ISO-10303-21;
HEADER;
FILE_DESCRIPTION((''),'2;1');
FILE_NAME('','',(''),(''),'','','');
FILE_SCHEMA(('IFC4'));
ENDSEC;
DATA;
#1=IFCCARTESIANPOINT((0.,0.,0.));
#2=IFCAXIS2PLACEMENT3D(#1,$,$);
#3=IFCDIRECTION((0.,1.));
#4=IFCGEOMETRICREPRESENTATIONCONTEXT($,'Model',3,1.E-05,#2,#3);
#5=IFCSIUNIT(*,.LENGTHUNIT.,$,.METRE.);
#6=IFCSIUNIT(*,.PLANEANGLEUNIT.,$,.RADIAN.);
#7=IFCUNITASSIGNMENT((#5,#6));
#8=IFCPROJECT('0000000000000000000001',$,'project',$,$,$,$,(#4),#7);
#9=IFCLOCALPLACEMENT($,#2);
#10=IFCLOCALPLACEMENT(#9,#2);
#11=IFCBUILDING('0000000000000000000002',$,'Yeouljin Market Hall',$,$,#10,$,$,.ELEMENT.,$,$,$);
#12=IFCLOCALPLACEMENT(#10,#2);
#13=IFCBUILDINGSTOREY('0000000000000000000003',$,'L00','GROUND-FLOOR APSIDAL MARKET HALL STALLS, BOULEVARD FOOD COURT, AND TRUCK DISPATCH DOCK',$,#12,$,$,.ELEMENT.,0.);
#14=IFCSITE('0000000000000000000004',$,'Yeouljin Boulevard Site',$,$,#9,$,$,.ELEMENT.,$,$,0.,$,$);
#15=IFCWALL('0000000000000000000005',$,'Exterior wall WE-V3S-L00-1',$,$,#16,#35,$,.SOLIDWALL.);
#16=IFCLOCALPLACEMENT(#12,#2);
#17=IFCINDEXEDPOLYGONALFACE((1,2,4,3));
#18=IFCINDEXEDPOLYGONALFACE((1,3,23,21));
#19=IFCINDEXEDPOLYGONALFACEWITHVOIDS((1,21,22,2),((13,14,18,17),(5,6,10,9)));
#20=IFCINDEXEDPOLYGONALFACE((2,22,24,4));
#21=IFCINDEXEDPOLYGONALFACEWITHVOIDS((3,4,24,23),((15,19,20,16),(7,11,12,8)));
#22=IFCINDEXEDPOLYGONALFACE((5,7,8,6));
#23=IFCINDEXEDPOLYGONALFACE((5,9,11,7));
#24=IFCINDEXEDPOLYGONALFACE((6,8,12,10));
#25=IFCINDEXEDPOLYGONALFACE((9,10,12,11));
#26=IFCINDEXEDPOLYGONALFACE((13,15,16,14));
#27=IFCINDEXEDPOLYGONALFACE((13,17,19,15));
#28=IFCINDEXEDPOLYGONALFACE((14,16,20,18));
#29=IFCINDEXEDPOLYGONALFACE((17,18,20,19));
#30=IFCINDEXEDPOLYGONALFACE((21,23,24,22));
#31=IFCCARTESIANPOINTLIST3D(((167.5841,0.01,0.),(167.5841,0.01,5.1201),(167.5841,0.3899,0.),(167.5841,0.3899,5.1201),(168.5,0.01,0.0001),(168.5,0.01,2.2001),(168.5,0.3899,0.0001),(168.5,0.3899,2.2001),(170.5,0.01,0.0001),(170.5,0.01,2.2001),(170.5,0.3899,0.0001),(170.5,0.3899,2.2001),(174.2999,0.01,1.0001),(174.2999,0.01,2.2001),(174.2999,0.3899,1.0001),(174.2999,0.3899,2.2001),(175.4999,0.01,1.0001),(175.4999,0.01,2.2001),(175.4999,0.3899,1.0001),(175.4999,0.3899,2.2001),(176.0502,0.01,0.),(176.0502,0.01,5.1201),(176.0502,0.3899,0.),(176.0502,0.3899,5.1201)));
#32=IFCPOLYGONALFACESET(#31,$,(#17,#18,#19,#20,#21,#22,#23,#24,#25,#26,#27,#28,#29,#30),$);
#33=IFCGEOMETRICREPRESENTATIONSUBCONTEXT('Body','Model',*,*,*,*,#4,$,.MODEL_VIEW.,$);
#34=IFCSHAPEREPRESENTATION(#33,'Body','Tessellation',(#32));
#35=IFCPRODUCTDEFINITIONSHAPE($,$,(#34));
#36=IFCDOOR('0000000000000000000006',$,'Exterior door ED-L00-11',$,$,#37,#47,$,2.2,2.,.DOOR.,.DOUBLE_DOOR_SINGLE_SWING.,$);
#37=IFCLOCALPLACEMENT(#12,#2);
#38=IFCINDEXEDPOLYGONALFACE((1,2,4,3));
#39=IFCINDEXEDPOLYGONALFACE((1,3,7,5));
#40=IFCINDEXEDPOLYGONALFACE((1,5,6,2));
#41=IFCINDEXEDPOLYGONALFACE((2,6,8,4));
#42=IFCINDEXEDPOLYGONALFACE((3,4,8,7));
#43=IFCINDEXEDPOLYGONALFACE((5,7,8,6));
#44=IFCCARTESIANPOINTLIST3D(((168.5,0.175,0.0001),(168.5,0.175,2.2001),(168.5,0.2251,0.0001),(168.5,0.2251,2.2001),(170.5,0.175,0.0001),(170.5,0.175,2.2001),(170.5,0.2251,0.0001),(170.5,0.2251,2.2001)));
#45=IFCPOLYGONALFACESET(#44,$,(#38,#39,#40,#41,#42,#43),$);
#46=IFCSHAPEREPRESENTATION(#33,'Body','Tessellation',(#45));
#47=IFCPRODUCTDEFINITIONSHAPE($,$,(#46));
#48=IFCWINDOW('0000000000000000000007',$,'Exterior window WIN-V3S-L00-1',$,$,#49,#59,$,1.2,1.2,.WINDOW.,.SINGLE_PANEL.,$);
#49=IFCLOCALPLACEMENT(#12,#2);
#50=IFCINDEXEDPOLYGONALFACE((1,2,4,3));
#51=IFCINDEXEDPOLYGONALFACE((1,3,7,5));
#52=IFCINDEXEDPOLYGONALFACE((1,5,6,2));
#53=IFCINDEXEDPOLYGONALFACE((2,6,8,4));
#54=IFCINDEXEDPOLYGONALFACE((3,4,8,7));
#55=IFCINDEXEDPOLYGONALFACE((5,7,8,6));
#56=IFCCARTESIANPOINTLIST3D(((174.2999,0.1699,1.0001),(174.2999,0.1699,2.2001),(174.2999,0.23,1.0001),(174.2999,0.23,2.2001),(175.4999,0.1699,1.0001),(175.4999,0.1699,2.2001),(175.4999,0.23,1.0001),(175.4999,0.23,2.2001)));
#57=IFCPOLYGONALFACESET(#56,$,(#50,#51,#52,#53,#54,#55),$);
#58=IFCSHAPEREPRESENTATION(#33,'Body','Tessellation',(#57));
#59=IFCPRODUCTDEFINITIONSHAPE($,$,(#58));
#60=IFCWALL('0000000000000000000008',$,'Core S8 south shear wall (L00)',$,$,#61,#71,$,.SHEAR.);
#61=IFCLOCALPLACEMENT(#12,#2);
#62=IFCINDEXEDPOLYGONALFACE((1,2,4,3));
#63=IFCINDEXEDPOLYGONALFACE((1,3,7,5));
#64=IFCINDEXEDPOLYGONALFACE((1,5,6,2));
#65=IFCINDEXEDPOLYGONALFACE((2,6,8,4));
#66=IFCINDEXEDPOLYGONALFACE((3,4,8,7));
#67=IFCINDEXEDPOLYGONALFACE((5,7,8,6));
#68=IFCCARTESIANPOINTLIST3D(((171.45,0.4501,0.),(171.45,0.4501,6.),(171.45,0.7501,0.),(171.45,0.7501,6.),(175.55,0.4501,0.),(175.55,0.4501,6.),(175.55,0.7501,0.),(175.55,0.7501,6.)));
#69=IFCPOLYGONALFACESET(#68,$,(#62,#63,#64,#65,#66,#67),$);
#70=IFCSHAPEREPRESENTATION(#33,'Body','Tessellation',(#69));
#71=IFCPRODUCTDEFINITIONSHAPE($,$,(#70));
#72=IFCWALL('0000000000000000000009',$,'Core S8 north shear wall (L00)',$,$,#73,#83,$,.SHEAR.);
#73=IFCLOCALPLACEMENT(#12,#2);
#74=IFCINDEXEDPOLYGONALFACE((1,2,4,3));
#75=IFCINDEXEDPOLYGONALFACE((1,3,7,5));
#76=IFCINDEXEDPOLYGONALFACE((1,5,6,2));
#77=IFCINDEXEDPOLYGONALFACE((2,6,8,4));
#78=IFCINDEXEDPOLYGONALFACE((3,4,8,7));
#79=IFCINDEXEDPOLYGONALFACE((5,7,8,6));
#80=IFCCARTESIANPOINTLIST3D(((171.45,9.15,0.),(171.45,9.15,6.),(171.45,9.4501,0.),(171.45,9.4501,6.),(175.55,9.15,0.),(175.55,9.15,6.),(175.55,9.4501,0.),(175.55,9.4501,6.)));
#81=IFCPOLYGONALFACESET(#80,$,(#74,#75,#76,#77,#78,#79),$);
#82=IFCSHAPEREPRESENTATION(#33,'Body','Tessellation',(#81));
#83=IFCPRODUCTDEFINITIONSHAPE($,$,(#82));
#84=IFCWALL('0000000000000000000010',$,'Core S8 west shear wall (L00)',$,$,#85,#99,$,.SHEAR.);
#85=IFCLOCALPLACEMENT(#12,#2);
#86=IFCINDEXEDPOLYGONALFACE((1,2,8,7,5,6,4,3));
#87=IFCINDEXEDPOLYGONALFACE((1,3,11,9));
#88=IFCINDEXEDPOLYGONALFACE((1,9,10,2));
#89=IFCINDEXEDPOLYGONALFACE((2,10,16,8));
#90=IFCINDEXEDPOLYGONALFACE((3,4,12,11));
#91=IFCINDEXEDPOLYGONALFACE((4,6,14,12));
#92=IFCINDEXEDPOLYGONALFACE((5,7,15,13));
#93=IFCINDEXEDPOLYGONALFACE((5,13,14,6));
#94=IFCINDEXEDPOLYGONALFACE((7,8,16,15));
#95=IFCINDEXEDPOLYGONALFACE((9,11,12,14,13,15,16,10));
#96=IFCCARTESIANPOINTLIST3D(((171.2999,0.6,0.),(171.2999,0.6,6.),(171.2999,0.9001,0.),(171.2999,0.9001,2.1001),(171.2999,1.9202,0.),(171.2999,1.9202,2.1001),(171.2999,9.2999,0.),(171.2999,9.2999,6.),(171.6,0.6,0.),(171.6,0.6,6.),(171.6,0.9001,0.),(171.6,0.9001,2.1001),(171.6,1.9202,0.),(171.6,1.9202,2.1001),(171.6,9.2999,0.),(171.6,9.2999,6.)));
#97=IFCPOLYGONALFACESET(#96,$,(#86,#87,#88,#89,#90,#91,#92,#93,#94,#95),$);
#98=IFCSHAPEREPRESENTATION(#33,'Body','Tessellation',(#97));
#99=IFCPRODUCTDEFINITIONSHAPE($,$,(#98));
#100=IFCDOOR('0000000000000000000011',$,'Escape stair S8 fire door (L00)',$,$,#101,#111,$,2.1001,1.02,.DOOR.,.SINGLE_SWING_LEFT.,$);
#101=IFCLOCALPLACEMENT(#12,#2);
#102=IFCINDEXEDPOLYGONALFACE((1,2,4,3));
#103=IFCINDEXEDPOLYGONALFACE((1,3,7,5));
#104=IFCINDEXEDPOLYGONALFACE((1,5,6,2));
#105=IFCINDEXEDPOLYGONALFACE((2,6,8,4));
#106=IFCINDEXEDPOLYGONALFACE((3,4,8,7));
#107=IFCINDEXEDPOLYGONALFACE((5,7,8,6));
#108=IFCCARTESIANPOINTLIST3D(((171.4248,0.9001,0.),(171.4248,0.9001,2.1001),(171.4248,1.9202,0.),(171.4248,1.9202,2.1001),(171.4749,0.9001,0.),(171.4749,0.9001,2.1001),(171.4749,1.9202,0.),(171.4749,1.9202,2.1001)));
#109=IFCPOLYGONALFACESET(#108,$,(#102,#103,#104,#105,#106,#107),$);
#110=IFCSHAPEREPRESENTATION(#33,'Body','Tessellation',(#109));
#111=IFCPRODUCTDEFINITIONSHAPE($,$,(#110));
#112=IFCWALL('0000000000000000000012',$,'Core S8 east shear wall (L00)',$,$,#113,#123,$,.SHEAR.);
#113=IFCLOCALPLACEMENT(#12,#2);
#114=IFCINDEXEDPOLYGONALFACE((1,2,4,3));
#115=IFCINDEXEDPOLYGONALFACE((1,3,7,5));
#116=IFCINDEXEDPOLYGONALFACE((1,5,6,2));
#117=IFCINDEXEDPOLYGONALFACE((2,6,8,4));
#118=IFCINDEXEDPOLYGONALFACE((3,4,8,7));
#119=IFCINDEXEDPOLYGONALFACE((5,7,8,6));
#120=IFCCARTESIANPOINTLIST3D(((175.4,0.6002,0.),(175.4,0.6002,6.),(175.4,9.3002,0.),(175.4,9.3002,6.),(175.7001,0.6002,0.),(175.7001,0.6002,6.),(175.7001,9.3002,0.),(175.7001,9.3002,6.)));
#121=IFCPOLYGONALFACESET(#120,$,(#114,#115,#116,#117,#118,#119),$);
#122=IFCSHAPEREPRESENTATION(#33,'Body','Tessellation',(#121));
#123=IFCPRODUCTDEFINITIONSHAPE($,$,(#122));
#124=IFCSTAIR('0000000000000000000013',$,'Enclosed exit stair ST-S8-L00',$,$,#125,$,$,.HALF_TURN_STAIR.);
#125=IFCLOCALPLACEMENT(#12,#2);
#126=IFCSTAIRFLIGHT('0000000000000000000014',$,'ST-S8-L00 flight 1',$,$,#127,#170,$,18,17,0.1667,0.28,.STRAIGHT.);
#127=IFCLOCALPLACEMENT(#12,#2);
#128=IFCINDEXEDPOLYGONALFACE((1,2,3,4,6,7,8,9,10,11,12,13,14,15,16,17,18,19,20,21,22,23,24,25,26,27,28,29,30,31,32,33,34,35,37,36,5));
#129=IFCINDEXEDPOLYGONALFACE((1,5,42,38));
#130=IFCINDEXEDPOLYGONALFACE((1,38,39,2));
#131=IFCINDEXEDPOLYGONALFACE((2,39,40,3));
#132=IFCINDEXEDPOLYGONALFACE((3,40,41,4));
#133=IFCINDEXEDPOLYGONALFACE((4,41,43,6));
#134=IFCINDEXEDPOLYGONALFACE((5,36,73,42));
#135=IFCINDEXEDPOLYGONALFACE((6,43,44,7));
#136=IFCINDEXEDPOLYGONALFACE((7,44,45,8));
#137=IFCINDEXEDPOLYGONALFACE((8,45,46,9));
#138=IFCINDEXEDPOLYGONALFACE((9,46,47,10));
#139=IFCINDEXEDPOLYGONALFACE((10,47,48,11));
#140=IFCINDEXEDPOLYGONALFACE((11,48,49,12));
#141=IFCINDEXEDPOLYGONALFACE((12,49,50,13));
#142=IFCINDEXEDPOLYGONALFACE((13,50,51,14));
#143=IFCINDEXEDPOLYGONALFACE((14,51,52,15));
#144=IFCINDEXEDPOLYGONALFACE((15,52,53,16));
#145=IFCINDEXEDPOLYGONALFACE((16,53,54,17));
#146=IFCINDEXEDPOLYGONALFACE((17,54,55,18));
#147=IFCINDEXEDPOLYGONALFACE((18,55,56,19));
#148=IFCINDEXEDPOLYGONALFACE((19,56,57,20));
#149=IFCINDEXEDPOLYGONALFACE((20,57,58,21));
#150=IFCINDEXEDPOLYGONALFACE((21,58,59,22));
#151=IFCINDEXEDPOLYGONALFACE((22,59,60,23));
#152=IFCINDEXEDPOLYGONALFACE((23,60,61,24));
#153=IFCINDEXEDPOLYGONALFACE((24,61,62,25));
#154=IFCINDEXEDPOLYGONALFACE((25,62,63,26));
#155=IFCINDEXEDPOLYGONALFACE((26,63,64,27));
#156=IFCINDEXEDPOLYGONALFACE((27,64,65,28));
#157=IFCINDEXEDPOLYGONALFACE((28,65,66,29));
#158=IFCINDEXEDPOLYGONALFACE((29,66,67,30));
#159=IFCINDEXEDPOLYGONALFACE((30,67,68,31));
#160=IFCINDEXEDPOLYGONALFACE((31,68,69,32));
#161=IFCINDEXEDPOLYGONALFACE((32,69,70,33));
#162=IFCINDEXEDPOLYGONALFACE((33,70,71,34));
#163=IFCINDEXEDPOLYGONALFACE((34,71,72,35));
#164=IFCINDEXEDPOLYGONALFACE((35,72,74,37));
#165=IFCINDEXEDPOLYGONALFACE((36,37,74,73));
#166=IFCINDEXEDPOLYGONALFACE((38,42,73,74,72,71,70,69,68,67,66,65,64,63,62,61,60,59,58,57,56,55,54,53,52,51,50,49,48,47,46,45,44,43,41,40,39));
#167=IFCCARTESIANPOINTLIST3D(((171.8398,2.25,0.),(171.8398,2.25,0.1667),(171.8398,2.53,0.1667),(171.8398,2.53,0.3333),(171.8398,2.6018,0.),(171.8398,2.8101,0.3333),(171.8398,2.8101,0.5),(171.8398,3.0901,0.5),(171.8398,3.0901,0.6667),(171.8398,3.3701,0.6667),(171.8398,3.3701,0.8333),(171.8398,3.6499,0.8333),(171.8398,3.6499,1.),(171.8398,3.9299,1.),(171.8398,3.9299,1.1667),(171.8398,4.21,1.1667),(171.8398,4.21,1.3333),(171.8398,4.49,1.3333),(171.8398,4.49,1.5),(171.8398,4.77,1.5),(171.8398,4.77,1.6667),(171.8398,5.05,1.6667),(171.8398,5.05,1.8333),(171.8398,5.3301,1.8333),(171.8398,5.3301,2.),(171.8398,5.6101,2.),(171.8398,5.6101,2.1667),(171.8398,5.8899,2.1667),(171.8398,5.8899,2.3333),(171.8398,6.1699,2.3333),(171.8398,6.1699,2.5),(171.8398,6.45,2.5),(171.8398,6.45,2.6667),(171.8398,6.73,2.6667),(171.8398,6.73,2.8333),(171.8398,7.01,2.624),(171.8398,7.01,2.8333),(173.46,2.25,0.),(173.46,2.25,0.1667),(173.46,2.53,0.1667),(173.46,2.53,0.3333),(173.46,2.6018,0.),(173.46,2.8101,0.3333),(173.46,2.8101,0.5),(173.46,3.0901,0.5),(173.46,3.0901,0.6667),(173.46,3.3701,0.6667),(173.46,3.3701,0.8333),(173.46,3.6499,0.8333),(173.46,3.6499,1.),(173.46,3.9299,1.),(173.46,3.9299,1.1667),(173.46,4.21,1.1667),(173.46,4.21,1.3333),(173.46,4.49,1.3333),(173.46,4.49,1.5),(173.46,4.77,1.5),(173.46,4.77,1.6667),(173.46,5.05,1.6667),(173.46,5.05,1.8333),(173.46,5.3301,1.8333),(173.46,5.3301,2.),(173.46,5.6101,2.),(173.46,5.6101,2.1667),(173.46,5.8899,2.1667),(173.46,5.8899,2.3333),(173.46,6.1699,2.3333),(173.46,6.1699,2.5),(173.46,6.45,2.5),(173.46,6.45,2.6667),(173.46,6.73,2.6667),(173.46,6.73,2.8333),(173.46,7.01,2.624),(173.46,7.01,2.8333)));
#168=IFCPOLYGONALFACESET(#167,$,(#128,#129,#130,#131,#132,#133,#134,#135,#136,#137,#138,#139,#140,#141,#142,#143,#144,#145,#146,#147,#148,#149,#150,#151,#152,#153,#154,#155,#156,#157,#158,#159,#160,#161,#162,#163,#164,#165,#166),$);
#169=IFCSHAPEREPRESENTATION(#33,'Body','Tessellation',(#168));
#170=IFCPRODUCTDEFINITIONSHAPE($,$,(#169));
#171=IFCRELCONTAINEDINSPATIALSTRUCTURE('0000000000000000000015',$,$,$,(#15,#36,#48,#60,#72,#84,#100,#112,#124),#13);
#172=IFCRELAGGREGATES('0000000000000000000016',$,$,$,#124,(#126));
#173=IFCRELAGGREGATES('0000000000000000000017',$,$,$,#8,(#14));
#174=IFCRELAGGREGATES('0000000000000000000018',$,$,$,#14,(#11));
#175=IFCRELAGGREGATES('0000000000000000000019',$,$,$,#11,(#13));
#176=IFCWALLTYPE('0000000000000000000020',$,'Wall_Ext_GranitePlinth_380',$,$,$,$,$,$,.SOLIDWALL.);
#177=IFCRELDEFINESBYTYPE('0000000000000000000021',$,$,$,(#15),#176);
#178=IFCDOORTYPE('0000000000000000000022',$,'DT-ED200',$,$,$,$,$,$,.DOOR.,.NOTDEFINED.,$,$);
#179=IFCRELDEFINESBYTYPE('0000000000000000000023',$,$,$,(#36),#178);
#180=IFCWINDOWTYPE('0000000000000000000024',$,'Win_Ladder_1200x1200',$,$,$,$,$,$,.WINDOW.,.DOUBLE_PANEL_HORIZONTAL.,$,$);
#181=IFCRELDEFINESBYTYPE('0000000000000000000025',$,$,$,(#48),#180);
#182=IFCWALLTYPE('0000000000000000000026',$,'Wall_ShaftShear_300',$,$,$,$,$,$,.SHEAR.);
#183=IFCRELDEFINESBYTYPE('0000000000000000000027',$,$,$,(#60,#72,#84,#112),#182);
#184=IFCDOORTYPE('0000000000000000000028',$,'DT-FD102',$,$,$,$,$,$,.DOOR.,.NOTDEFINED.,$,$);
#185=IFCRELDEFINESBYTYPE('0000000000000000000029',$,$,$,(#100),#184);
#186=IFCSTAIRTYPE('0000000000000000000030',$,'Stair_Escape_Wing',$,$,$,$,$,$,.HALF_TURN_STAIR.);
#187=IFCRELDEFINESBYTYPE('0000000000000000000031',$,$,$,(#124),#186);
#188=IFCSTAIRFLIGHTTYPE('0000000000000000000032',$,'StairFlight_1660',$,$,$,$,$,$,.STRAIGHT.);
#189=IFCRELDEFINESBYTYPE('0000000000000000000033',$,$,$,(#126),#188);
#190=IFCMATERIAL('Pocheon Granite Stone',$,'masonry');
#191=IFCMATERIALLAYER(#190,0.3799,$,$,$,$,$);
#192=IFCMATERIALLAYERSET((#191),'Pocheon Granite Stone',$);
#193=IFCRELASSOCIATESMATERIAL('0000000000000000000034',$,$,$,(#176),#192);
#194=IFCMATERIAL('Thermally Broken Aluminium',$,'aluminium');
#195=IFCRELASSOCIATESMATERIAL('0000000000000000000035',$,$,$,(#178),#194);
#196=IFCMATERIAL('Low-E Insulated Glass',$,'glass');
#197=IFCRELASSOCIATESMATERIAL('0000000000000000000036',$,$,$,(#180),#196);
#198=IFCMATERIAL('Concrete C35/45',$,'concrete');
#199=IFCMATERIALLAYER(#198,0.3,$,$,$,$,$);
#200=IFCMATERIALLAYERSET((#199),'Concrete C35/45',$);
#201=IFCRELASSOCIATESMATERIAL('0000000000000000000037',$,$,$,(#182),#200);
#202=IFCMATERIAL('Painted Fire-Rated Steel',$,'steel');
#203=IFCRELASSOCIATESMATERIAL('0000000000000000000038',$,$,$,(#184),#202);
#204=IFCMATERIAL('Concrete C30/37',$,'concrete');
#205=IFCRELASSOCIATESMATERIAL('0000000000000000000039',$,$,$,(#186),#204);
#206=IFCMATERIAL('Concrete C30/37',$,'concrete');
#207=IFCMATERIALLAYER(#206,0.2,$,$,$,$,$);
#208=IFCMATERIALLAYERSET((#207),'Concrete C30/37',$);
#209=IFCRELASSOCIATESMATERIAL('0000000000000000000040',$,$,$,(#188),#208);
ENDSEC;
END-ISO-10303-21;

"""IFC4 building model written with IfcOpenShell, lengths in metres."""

from ifc_helpers import new_model, si_unit, direction, frame, frame_2d, origin, place, context, subcontext, project, spatial, polyline, rectangle, outline, extrude, material, layer, layer_set, type_object, element, fill, aggregate, save


model = new_model("IFC4")

# Units and contexts
model_context = context("Model", 3, precision=1e-05, world=origin(), true_north=direction((0.0, 1.0)))
body_context = subcontext(model_context, "Body", "Model", "MODEL_VIEW")
ifc_project = project(units=[si_unit("LENGTHUNIT", "METRE"), si_unit("PLANEANGLEUNIT", "RADIAN")], contexts=[model_context])

# Site, building, storey
site_placement = place(None, origin())
site = spatial("IfcSite", under=ifc_project, at=site_placement, Name="Yeouljin Boulevard Site", CompositionType="ELEMENT", RefElevation=0.0)
building_placement = place(site_placement, origin())
building = spatial("IfcBuilding", under=site, at=building_placement, Name="Yeouljin Market Hall", CompositionType="ELEMENT")
storey_placement = place(building_placement, origin())
storey = spatial("IfcBuildingStorey", under=building, at=storey_placement, Name="L00", Description="GROUND-FLOOR APSIDAL MARKET HALL STALLS, BOULEVARD FOOD COURT, AND TRUCK DISPATCH DOCK", CompositionType="ELEMENT", Elevation=0.0)

# Wall, openings, door, window
ifc_material_1 = material(Name="Pocheon Granite Stone", Category="masonry")
ifc_layer_1 = layer(ifc_material_1, 0.3799)
ifc_layer_set_1 = layer_set([ifc_layer_1], Name="Pocheon Granite Stone")
wall_type_1 = type_object("IfcWallType", Name="Wall_Ext_GranitePlinth_380", PredefinedType="SOLIDWALL", material=ifc_layer_set_1)
wall_1_placement = place(storey_placement, frame((176.05, 0.2, 0.0), z_axis=(0.0, 0.0, 1.0), x_axis=(-1.0, 0.0, 0.0)))
wall_1 = element("IfcWall", 1, at=wall_1_placement, inside=storey, type_object=wall_type_1, Name="Exterior wall WE-V3S-L00-1", PredefinedType="SOLIDWALL", context=body_context, shape_type="SweptSolid", body=[
    extrude(rectangle(XDim=8.4661, YDim=0.3799, at=frame_2d((4.2329, 0.0))), origin(), (0.0, 0.0, 1.0), 5.1201),
])
opening_1_placement = place(wall_1_placement, frame((5.55, 0.0, 0.0)))
opening_1 = element("IfcOpeningElement", 2, at=opening_1_placement, cuts=wall_1, PredefinedType="OPENING", context=body_context, shape_type="SweptSolid", body=[
    extrude(rectangle(XDim=2.0, YDim=2.2, at=frame_2d((1.0, 1.1001))), frame((0.0, 0.2, 0.0), z_axis=(0.0, -1.0, 0.0), x_axis=(1.0, 0.0, 0.0)), (0.0, 0.0, 1.0), 0.3999),
])
opening_2_placement = place(wall_1_placement, frame((0.55, 0.0, 1.0)))
opening_2 = element("IfcOpeningElement", 3, at=opening_2_placement, cuts=wall_1, PredefinedType="OPENING", context=body_context, shape_type="SweptSolid", body=[
    extrude(rectangle(XDim=1.2, YDim=1.2, at=frame_2d((0.6001, 0.6001))), frame((0.0, 0.2, 0.0), z_axis=(0.0, -1.0, 0.0), x_axis=(1.0, 0.0, 0.0)), (0.0, 0.0, 1.0), 0.3999),
])
ifc_material_2 = material(Name="Thermally Broken Aluminium", Category="aluminium")
door_type_1 = type_object("IfcDoorType", Name="DT-ED200", OperationType="NOTDEFINED", PredefinedType="DOOR", material=ifc_material_2)
door_1_placement = place(opening_1_placement, origin())
door_1 = element("IfcDoor", 4, at=door_1_placement, inside=storey, type_object=door_type_1, Name="Exterior door ED-L00-11", OperationType="DOUBLE_DOOR_SINGLE_SWING", OverallHeight=2.2, OverallWidth=2.0, PredefinedType="DOOR", context=body_context, shape_type="SweptSolid", body=[
    extrude(rectangle(XDim=2.0, YDim=2.2, at=frame_2d((1.0, 1.1001))), frame((0.0, 0.0249, 0.0), z_axis=(0.0, -1.0, 0.0), x_axis=(1.0, 0.0, 0.0)), (0.0, 0.0, 1.0), 0.05),
])
fill(opening_1, door_1)
ifc_material_3 = material(Name="Low-E Insulated Glass", Category="glass")
window_type_1 = type_object("IfcWindowType", Name="Win_Ladder_1200x1200", PartitioningType="DOUBLE_PANEL_HORIZONTAL", PredefinedType="WINDOW", material=ifc_material_3)
window_1_placement = place(opening_2_placement, origin())
window_1 = element("IfcWindow", 5, at=window_1_placement, inside=storey, type_object=window_type_1, Name="Exterior window WIN-V3S-L00-1", OverallHeight=1.2, OverallWidth=1.2, PartitioningType="SINGLE_PANEL", PredefinedType="WINDOW", context=body_context, shape_type="SweptSolid", body=[
    extrude(rectangle(XDim=1.2, YDim=1.2, at=frame_2d((0.6001, 0.6001))), frame((0.0, 0.03, 0.0), z_axis=(0.0, -1.0, 0.0), x_axis=(1.0, 0.0, 0.0)), (0.0, 0.0, 1.0), 0.0601),
])
fill(opening_2, window_1)

# Walls
ifc_material_4 = material(Name="Concrete C35/45", Category="concrete")
ifc_layer_2 = layer(ifc_material_4, 0.3)
ifc_layer_set_2 = layer_set([ifc_layer_2], Name="Concrete C35/45")
wall_type_2 = type_object("IfcWallType", Name="Wall_ShaftShear_300", PredefinedType="SHEAR", material=ifc_layer_set_2)
for number, where, z_axis, x_axis, name in (
    (6, (171.45, 0.6001, 0.0), (0.0, 0.0, 1.0), (1.0, 0.0, 0.0), "Core S8 south shear wall (L00)"),
    (7, (175.55, 9.3, 0.0), (0.0, 0.0, 1.0), (-1.0, 0.0, 0.0), "Core S8 north shear wall (L00)"),
):
    element("IfcWall", number, at=place(storey_placement, frame(where, z_axis=z_axis, x_axis=x_axis)), inside=storey, type_object=wall_type_2, Name=name, PredefinedType="SHEAR", context=body_context, shape_type="SweptSolid", body=[
        extrude(rectangle(XDim=4.1001, YDim=0.3, at=frame_2d((2.05, 0.0))), origin(), (0.0, 0.0, 1.0), 6.0),
    ])

# Wall, opening, door
wall_2_placement = place(storey_placement, frame((171.45, 9.3, 0.0), z_axis=(0.0, 0.0, 1.0), x_axis=(0.0, -1.0, 0.0)))
wall_2 = element("IfcWall", 8, at=wall_2_placement, inside=storey, type_object=wall_type_2, Name="Core S8 west shear wall (L00)", PredefinedType="SHEAR", context=body_context, shape_type="SweptSolid", body=[
    extrude(rectangle(XDim=8.7, YDim=0.3, at=frame_2d((4.3501, 0.0))), origin(), (0.0, 0.0, 1.0), 6.0),
])
opening_3_placement = place(wall_2_placement, frame((7.3799, 0.0, 0.0)))
opening_3 = element("IfcOpeningElement", 9, at=opening_3_placement, cuts=wall_2, PredefinedType="OPENING", context=body_context, shape_type="SweptSolid", body=[
    extrude(rectangle(XDim=1.02, YDim=2.1001, at=frame_2d((0.51, 1.05))), frame((0.0, 0.1599, 0.0), z_axis=(0.0, -1.0, 0.0), x_axis=(1.0, 0.0, 0.0)), (0.0, 0.0, 1.0), 0.3201),
])
ifc_material_5 = material(Name="Painted Fire-Rated Steel", Category="steel")
door_type_2 = type_object("IfcDoorType", Name="DT-FD102", OperationType="NOTDEFINED", PredefinedType="DOOR", material=ifc_material_5)
door_2_placement = place(opening_3_placement, origin())
door_2 = element("IfcDoor", 10, at=door_2_placement, inside=storey, type_object=door_type_2, Name="Escape stair S8 fire door (L00)", OperationType="SINGLE_SWING_LEFT", OverallHeight=2.1001, OverallWidth=1.02, PredefinedType="DOOR", context=body_context, shape_type="SweptSolid", body=[
    extrude(rectangle(XDim=1.02, YDim=2.1001, at=frame_2d((0.51, 1.05))), frame((0.0, 0.0249, 0.0), z_axis=(0.0, -1.0, 0.0), x_axis=(1.0, 0.0, 0.0)), (0.0, 0.0, 1.0), 0.05),
])
fill(opening_3, door_2)

# Wall
wall_3_placement = place(storey_placement, frame((175.55, 0.6001, 0.0), z_axis=(0.0, 0.0, 1.0), x_axis=(0.0, 1.0, 0.0)))
element("IfcWall", 11, at=wall_3_placement, inside=storey, type_object=wall_type_2, Name="Core S8 east shear wall (L00)", PredefinedType="SHEAR", context=body_context, shape_type="SweptSolid", body=[
    extrude(rectangle(XDim=8.7, YDim=0.3, at=frame_2d((4.3501, 0.0))), origin(), (0.0, 0.0, 1.0), 6.0),
])

# Stair, stair flight
ifc_material_6 = material(Name="Concrete C30/37", Category="concrete")
stair_type = type_object("IfcStairType", Name="Stair_Escape_Wing", PredefinedType="HALF_TURN_STAIR", material=ifc_material_6)
stair_placement = place(storey_placement, origin())
stair = element("IfcStair", 12, at=stair_placement, inside=storey, type_object=stair_type, Name="Enclosed exit stair ST-S8-L00", PredefinedType="HALF_TURN_STAIR")
ifc_material_7 = material(Name="Concrete C30/37", Category="concrete")
ifc_layer_3 = layer(ifc_material_7, 0.2)
ifc_layer_set_3 = layer_set([ifc_layer_3], Name="Concrete C30/37")
stair_flight_type = type_object("IfcStairFlightType", Name="StairFlight_1660", PredefinedType="STRAIGHT", material=ifc_layer_set_3)
stair_flight_1_placement = place(storey_placement, frame((172.6499, 2.25, 0.0), z_axis=(0.0, 0.0, 1.0), x_axis=(0.0, 1.0, 0.0)))
stair_flight_1 = element("IfcStairFlight", 13, at=stair_flight_1_placement, type_object=stair_flight_type, Name="ST-S8-L00 flight 1", NumberOfRisers=18, NumberOfTreads=17, PredefinedType="STRAIGHT", RiserHeight=0.1667, TreadLength=0.28, context=body_context, shape_type="SweptSolid", body=[
    extrude(outline(polyline([(0.0, 0.0), (0.0, 0.1667), (0.28, 0.1667), (0.28, 0.3333), (0.5601, 0.3333), (0.5601, 0.5), (0.8401, 0.5), (0.8401, 0.6667), (1.1201, 0.6667), (1.1201, 0.8333), (1.3999, 0.8333), (1.3999, 1.0), (1.6799, 1.0), (1.6799, 1.1667), (1.96, 1.1667), (1.96, 1.3333), (2.24, 1.3333), (2.24, 1.5), (2.52, 1.5), (2.52, 1.6667), (2.8, 1.6667), (2.8, 1.8333), (3.0801, 1.8333), (3.0801, 2.0), (3.3601, 2.0), (3.3601, 2.1667), (3.6399, 2.1667), (3.6399, 2.3333), (3.9199, 2.3333), (3.9199, 2.5), (4.2, 2.5), (4.2, 2.6667), (4.48, 2.6667), (4.48, 2.8333), (4.76, 2.8333), (4.76, 3.0), (4.76, 2.624), (0.3518, 0.0), (0.0, 0.0)])), frame((0.0, 0.8101, 0.0), z_axis=(0.0, -1.0, 0.0), x_axis=(1.0, 0.0, 0.0)), (0.0, 0.0, 1.0), 1.6201),
])
aggregate(stair, [stair_flight_1])

save(model, "model.ifc")
